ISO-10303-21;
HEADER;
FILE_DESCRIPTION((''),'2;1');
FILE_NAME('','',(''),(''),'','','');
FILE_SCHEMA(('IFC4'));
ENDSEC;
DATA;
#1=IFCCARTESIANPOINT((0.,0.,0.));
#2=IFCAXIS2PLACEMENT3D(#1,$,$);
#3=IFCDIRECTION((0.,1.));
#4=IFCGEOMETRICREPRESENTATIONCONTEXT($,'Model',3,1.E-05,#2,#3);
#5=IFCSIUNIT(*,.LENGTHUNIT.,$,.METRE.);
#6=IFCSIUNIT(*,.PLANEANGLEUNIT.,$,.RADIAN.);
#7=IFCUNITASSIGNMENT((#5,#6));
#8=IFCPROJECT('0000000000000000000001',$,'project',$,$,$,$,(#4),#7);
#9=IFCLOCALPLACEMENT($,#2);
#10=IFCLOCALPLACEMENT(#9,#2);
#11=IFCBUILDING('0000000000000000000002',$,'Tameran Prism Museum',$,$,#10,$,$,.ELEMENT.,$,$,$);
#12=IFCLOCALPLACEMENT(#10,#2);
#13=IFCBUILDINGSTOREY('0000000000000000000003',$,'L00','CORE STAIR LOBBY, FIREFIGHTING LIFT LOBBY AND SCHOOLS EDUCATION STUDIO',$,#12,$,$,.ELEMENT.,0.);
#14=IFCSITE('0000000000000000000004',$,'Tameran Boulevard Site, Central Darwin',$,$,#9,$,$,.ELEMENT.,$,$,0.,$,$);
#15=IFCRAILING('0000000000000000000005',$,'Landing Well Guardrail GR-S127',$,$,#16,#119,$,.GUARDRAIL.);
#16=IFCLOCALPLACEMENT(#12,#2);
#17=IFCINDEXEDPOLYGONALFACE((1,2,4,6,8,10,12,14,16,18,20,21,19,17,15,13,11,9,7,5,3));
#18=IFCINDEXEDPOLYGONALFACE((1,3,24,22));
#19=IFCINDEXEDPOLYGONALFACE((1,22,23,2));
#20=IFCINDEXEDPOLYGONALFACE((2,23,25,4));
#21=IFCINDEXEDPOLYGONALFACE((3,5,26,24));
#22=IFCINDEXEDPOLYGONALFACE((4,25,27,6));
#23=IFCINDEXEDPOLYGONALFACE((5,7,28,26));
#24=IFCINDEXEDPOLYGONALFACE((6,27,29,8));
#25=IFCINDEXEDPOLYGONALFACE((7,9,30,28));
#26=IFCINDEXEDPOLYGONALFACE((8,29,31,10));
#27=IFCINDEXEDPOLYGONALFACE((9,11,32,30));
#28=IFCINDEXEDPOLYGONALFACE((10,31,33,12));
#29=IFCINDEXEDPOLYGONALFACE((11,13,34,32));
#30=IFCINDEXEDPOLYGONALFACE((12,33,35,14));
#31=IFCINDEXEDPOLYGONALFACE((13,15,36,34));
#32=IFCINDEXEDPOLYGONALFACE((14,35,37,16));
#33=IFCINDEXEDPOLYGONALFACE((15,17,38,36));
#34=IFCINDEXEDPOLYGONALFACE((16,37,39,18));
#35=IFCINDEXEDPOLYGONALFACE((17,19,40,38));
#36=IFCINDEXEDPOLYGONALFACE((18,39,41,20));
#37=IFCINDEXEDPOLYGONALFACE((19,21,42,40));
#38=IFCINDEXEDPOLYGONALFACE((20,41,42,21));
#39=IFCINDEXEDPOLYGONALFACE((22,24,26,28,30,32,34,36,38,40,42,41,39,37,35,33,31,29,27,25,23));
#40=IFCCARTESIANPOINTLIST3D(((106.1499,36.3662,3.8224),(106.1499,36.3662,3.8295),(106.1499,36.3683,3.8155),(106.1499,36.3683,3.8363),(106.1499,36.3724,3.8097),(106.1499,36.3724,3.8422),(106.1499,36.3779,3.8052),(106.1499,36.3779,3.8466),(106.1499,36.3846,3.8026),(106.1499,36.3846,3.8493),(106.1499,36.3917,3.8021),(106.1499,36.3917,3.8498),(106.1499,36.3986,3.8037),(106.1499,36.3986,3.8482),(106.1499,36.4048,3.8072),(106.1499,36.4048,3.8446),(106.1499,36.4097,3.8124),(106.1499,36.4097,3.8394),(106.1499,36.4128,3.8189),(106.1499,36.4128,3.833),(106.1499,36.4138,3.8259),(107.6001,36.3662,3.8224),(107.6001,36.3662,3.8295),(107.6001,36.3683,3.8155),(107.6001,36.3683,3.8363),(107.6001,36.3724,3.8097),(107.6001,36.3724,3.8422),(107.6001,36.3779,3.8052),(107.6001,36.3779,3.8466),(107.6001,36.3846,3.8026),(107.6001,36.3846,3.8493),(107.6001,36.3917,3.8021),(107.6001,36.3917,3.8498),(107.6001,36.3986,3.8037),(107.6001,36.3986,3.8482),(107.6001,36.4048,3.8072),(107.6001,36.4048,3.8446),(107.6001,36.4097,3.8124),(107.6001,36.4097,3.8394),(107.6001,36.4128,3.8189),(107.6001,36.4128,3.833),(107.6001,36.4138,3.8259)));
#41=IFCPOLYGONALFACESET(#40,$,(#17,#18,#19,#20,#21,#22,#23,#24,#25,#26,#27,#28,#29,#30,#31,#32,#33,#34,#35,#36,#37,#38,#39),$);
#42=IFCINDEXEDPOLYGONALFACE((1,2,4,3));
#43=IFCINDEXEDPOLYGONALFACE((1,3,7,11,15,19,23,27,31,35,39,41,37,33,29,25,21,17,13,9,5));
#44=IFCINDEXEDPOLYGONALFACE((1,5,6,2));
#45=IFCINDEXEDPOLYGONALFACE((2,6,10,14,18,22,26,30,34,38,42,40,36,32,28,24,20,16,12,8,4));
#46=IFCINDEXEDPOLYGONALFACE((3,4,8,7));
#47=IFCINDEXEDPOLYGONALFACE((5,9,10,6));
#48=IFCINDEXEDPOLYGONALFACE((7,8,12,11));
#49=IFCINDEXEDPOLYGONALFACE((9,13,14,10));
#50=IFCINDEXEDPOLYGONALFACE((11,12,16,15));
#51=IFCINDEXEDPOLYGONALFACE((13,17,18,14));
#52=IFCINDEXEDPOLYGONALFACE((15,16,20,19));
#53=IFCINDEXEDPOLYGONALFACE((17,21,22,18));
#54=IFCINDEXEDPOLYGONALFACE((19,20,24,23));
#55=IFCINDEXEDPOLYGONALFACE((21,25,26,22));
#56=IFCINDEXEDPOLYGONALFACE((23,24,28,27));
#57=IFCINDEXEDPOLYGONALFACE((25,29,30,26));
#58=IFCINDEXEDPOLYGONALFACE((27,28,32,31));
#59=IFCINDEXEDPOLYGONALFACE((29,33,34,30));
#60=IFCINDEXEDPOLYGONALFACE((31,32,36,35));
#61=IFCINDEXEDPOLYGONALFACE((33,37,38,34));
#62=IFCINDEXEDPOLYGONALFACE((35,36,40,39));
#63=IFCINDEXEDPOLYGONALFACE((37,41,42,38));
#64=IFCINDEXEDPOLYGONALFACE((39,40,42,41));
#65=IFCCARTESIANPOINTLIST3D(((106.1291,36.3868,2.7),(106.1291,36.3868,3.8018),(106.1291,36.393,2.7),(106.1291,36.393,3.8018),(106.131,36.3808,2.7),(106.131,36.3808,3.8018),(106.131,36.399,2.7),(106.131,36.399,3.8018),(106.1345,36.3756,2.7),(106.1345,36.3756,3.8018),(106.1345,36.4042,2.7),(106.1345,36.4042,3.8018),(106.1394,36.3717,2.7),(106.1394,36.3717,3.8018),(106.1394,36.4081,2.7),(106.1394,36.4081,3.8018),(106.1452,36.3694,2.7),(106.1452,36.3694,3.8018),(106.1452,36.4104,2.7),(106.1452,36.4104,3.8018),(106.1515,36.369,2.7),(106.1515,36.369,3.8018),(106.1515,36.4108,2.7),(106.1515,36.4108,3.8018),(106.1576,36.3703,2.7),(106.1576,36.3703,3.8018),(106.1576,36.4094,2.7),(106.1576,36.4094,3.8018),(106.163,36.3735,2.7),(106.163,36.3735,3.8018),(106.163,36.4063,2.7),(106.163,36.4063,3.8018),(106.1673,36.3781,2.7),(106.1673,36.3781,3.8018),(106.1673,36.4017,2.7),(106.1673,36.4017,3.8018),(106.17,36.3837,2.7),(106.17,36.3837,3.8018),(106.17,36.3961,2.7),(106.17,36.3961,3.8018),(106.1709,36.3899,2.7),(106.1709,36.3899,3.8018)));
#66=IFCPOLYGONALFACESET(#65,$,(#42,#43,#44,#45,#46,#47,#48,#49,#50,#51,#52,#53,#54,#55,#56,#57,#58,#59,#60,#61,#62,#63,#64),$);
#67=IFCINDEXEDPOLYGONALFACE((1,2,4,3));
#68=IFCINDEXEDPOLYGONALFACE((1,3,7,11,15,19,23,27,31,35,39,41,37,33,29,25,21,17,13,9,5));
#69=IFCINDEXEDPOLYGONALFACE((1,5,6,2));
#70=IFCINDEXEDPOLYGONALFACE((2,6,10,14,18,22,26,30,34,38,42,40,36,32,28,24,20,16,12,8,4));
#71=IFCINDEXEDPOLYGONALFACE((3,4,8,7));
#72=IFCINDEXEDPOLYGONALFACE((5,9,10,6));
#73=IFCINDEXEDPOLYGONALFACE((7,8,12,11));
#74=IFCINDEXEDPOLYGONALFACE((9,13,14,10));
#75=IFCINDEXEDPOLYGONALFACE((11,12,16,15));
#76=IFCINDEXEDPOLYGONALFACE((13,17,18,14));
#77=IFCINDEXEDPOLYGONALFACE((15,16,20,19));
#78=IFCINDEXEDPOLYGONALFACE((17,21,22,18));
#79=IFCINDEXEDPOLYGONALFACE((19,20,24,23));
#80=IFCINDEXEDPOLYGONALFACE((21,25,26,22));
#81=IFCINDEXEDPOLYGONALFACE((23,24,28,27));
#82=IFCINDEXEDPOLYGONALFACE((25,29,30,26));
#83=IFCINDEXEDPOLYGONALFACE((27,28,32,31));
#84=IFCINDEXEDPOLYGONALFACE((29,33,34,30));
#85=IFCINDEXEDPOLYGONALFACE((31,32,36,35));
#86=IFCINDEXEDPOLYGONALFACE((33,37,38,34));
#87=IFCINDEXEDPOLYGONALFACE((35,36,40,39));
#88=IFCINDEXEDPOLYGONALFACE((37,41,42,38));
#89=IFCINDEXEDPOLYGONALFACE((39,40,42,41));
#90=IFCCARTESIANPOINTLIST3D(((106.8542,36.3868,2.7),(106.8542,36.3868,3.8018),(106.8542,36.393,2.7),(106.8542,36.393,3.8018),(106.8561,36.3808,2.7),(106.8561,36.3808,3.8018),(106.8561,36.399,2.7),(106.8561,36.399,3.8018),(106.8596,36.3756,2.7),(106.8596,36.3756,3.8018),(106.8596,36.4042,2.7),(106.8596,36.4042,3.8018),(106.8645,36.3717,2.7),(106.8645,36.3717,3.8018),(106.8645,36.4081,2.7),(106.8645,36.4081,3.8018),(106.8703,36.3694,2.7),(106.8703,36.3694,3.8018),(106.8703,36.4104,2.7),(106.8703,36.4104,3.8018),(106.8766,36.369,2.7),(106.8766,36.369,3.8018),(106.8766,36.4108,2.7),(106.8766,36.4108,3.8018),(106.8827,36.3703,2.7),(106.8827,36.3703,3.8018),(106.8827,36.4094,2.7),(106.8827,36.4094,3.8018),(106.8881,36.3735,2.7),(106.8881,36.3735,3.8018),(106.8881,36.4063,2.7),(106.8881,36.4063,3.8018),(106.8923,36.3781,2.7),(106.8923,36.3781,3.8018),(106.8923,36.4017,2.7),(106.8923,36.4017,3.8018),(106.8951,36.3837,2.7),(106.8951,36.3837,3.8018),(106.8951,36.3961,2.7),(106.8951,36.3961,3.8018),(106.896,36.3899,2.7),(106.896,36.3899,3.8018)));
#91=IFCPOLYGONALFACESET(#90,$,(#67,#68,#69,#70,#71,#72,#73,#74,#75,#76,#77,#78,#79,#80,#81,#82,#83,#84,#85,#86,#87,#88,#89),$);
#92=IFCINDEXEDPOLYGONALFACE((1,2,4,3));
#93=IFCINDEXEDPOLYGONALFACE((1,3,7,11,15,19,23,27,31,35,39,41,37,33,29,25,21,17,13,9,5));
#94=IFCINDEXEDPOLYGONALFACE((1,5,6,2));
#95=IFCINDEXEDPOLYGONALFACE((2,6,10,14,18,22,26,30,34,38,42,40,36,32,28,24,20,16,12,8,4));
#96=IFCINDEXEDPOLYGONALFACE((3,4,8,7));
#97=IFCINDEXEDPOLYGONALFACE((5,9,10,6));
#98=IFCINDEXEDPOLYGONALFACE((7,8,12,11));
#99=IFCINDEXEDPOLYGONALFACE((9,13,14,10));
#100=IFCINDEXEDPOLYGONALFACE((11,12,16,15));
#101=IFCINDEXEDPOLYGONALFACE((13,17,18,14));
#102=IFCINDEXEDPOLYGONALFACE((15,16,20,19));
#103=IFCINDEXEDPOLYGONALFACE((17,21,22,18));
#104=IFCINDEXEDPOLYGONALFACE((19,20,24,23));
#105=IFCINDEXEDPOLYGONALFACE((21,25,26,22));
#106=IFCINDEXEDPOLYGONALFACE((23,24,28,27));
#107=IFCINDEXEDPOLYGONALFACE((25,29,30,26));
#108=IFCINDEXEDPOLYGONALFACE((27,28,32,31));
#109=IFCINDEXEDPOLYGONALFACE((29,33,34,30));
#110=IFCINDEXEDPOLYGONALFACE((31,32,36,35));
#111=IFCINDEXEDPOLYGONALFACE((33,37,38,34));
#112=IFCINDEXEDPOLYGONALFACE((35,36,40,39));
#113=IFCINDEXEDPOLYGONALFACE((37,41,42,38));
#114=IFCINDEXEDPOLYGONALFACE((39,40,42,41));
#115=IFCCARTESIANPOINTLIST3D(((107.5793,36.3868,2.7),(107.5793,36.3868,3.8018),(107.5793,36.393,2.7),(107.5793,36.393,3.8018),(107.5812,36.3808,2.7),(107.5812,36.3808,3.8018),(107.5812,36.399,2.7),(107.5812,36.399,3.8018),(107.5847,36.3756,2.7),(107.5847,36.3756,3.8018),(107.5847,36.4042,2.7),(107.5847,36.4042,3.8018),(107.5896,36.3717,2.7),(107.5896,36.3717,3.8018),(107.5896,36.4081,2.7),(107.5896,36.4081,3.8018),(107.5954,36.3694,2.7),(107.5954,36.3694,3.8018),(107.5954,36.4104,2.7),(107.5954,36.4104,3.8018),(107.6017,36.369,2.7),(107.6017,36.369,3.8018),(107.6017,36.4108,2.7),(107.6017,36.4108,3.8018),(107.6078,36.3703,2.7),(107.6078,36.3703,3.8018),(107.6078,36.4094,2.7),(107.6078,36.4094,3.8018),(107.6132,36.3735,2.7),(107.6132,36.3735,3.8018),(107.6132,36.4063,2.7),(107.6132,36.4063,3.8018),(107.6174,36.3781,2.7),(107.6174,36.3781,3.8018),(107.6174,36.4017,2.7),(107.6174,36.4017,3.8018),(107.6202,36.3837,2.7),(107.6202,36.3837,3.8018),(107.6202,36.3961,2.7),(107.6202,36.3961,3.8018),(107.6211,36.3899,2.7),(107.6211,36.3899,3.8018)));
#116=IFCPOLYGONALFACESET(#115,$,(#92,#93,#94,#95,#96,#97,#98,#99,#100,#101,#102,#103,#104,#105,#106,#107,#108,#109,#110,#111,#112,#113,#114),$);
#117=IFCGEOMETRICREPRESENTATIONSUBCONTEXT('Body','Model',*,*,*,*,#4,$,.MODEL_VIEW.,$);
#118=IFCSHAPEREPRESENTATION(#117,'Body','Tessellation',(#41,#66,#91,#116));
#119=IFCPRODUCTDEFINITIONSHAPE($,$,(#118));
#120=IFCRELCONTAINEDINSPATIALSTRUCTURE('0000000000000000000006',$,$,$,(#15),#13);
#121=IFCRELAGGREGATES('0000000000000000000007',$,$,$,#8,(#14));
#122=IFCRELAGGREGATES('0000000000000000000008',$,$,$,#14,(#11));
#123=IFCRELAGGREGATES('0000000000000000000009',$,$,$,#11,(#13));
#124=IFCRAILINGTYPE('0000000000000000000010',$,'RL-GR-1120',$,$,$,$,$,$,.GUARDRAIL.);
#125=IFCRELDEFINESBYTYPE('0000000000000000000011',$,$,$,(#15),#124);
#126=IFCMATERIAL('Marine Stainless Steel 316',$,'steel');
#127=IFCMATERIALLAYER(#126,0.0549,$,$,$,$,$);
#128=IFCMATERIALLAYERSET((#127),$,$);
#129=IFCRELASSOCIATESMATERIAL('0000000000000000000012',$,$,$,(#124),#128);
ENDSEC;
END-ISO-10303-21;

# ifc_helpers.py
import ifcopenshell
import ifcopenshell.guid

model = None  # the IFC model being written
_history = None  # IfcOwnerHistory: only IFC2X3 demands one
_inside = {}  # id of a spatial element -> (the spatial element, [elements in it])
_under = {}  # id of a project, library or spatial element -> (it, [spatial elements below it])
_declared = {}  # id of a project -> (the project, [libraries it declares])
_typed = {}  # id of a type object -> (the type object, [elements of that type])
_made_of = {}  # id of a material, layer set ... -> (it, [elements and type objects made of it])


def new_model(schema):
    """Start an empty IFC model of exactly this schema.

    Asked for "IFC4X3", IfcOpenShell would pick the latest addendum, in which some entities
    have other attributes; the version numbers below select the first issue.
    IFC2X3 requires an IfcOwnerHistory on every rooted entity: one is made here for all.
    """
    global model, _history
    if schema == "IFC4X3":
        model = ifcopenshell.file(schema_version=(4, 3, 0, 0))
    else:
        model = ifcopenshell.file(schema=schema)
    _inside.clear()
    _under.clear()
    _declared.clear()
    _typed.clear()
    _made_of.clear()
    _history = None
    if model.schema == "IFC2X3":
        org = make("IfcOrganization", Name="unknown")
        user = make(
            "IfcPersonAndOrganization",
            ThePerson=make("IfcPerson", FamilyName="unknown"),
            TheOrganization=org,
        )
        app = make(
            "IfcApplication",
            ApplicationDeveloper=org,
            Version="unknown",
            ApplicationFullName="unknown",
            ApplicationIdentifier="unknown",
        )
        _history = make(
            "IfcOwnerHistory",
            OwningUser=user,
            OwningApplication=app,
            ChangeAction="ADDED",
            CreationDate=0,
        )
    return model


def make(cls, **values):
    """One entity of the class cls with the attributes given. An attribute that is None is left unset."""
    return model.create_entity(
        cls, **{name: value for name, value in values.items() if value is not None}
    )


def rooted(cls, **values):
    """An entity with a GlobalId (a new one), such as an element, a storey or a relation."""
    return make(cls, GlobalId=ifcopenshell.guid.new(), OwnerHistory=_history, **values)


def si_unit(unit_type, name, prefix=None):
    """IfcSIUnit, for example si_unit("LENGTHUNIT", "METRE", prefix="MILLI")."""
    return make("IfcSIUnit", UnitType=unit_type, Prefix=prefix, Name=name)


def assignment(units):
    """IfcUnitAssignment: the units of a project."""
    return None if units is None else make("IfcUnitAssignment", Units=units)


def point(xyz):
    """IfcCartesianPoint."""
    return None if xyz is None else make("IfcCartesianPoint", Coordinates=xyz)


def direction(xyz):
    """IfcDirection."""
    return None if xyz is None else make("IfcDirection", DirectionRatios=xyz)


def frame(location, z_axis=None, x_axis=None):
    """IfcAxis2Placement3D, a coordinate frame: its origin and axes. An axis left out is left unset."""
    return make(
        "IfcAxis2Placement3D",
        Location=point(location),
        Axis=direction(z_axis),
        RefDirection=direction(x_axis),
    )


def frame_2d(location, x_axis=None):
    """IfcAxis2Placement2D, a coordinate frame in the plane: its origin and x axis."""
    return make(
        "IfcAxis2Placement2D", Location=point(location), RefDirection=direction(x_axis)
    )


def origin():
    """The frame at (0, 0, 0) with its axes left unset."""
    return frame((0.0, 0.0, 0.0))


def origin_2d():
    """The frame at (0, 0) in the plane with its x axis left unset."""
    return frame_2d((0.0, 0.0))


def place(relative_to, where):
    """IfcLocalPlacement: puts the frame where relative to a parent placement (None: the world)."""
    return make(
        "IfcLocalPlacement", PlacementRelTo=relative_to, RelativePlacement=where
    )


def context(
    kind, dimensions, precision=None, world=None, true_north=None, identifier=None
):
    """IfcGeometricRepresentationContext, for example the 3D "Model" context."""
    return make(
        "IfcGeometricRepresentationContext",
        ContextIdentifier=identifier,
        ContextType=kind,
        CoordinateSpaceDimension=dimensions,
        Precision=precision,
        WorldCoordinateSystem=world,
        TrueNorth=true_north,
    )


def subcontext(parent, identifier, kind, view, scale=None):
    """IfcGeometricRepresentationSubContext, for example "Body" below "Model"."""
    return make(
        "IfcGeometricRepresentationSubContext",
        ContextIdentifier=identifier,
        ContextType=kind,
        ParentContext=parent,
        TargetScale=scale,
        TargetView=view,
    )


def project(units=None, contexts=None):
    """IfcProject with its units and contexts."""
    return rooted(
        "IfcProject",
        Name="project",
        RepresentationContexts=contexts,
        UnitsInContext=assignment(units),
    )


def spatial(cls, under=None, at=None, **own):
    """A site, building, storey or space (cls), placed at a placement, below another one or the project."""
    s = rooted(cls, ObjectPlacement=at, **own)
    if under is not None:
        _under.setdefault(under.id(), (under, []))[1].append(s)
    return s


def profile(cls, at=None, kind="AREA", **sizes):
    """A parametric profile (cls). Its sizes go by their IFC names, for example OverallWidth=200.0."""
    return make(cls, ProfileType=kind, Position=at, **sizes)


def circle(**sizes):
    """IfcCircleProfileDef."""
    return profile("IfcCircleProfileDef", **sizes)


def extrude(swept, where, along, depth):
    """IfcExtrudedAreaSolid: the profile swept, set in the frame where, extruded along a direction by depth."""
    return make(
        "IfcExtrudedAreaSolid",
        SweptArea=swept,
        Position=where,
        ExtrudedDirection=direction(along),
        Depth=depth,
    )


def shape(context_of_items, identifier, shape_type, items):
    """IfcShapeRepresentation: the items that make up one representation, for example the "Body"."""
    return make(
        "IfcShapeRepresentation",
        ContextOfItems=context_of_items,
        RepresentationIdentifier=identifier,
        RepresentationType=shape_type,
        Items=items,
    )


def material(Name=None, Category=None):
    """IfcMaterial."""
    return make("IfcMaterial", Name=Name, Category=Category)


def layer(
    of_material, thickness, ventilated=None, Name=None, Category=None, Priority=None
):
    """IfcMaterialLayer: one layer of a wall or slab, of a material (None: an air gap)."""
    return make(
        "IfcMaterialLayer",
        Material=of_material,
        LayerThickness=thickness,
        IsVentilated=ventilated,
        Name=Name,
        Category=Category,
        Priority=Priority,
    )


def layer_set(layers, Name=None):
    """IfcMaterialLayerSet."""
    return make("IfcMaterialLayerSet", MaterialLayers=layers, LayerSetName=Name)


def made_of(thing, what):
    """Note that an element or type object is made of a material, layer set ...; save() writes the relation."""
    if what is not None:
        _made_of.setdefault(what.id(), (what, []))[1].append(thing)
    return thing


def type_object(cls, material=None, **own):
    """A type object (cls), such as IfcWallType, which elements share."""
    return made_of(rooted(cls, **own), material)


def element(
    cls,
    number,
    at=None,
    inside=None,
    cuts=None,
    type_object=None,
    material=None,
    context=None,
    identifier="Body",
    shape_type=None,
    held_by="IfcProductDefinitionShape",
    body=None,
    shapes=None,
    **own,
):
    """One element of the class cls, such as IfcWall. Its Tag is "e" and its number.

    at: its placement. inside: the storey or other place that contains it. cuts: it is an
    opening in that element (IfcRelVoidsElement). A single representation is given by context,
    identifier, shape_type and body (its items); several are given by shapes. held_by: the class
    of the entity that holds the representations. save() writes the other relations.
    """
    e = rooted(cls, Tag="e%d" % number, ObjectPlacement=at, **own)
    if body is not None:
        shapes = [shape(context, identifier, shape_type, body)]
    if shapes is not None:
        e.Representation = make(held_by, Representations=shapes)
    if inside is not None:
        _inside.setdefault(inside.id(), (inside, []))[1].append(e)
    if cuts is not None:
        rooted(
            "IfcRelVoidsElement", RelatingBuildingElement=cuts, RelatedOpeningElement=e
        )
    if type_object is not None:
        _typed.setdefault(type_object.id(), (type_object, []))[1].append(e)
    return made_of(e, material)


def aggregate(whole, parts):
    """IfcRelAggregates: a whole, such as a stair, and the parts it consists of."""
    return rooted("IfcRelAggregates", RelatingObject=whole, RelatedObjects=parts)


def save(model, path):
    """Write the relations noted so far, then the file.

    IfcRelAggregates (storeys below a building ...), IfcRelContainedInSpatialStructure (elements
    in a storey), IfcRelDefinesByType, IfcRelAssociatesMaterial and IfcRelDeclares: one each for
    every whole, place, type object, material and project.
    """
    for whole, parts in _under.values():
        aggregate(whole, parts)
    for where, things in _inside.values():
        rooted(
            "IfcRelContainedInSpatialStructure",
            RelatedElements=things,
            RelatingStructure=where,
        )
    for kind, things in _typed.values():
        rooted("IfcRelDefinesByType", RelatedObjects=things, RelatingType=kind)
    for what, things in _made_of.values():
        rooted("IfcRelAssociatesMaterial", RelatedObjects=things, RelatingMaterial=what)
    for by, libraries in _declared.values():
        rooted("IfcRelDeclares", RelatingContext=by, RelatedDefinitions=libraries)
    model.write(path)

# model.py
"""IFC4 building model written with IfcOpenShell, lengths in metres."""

from ifc_helpers import new_model, si_unit, direction, frame, origin, origin_2d, place, context, subcontext, project, spatial, circle, extrude, material, layer, layer_set, type_object, element, save


model = new_model("IFC4")

# Units and contexts
model_context = context("Model", 3, precision=1e-05, world=origin(), true_north=direction((0.0, 1.0)))
body_context = subcontext(model_context, "Body", "Model", "MODEL_VIEW")
ifc_project = project(units=[si_unit("LENGTHUNIT", "METRE"), si_unit("PLANEANGLEUNIT", "RADIAN")], contexts=[model_context])

# Site, building, storey
site_placement = place(None, origin())
site = spatial("IfcSite", under=ifc_project, at=site_placement, Name="Tameran Boulevard Site, Central Darwin", CompositionType="ELEMENT", RefElevation=0.0)
building_placement = place(site_placement, origin())
building = spatial("IfcBuilding", under=site, at=building_placement, Name="Tameran Prism Museum", CompositionType="ELEMENT")
storey_placement = place(building_placement, origin())
storey = spatial("IfcBuildingStorey", under=building, at=storey_placement, Name="L00", Description="CORE STAIR LOBBY, FIREFIGHTING LIFT LOBBY AND SCHOOLS EDUCATION STUDIO", CompositionType="ELEMENT", Elevation=0.0)

# Railing
ifc_material_1 = material(Name="Marine Stainless Steel 316", Category="steel")
ifc_layer_1 = layer(ifc_material_1, 0.0549)
ifc_layer_set_1 = layer_set([ifc_layer_1])
railing_type_1 = type_object("IfcRailingType", Name="RL-GR-1120", PredefinedType="GUARDRAIL", material=ifc_layer_set_1)
railing_1_placement = place(storey_placement, frame((106.1499, 36.3899, 2.7)))
element("IfcRailing", 1, at=railing_1_placement, inside=storey, type_object=railing_type_1, Name="Landing Well Guardrail GR-S127", PredefinedType="GUARDRAIL", context=body_context, shape_type="SweptSolid", body=[
    extrude(circle(Radius=0.0239, at=origin_2d()), frame((0.0, 0.0, 1.126), z_axis=(1.0, 0.0, 0.0), x_axis=(0.0, 1.0, 0.0)), (0.0, 0.0, 1.0), 1.4502),
    extrude(circle(Radius=0.021, at=origin_2d()), origin(), (0.0, 0.0, 1.0), 1.1018),
    extrude(circle(Radius=0.021, at=origin_2d()), frame((0.7251, 0.0, 0.0)), (0.0, 0.0, 1.0), 1.1018),
    extrude(circle(Radius=0.021, at=origin_2d()), frame((1.4502, 0.0, 0.0)), (0.0, 0.0, 1.0), 1.1018),
])

save(model, "model.ifc")
